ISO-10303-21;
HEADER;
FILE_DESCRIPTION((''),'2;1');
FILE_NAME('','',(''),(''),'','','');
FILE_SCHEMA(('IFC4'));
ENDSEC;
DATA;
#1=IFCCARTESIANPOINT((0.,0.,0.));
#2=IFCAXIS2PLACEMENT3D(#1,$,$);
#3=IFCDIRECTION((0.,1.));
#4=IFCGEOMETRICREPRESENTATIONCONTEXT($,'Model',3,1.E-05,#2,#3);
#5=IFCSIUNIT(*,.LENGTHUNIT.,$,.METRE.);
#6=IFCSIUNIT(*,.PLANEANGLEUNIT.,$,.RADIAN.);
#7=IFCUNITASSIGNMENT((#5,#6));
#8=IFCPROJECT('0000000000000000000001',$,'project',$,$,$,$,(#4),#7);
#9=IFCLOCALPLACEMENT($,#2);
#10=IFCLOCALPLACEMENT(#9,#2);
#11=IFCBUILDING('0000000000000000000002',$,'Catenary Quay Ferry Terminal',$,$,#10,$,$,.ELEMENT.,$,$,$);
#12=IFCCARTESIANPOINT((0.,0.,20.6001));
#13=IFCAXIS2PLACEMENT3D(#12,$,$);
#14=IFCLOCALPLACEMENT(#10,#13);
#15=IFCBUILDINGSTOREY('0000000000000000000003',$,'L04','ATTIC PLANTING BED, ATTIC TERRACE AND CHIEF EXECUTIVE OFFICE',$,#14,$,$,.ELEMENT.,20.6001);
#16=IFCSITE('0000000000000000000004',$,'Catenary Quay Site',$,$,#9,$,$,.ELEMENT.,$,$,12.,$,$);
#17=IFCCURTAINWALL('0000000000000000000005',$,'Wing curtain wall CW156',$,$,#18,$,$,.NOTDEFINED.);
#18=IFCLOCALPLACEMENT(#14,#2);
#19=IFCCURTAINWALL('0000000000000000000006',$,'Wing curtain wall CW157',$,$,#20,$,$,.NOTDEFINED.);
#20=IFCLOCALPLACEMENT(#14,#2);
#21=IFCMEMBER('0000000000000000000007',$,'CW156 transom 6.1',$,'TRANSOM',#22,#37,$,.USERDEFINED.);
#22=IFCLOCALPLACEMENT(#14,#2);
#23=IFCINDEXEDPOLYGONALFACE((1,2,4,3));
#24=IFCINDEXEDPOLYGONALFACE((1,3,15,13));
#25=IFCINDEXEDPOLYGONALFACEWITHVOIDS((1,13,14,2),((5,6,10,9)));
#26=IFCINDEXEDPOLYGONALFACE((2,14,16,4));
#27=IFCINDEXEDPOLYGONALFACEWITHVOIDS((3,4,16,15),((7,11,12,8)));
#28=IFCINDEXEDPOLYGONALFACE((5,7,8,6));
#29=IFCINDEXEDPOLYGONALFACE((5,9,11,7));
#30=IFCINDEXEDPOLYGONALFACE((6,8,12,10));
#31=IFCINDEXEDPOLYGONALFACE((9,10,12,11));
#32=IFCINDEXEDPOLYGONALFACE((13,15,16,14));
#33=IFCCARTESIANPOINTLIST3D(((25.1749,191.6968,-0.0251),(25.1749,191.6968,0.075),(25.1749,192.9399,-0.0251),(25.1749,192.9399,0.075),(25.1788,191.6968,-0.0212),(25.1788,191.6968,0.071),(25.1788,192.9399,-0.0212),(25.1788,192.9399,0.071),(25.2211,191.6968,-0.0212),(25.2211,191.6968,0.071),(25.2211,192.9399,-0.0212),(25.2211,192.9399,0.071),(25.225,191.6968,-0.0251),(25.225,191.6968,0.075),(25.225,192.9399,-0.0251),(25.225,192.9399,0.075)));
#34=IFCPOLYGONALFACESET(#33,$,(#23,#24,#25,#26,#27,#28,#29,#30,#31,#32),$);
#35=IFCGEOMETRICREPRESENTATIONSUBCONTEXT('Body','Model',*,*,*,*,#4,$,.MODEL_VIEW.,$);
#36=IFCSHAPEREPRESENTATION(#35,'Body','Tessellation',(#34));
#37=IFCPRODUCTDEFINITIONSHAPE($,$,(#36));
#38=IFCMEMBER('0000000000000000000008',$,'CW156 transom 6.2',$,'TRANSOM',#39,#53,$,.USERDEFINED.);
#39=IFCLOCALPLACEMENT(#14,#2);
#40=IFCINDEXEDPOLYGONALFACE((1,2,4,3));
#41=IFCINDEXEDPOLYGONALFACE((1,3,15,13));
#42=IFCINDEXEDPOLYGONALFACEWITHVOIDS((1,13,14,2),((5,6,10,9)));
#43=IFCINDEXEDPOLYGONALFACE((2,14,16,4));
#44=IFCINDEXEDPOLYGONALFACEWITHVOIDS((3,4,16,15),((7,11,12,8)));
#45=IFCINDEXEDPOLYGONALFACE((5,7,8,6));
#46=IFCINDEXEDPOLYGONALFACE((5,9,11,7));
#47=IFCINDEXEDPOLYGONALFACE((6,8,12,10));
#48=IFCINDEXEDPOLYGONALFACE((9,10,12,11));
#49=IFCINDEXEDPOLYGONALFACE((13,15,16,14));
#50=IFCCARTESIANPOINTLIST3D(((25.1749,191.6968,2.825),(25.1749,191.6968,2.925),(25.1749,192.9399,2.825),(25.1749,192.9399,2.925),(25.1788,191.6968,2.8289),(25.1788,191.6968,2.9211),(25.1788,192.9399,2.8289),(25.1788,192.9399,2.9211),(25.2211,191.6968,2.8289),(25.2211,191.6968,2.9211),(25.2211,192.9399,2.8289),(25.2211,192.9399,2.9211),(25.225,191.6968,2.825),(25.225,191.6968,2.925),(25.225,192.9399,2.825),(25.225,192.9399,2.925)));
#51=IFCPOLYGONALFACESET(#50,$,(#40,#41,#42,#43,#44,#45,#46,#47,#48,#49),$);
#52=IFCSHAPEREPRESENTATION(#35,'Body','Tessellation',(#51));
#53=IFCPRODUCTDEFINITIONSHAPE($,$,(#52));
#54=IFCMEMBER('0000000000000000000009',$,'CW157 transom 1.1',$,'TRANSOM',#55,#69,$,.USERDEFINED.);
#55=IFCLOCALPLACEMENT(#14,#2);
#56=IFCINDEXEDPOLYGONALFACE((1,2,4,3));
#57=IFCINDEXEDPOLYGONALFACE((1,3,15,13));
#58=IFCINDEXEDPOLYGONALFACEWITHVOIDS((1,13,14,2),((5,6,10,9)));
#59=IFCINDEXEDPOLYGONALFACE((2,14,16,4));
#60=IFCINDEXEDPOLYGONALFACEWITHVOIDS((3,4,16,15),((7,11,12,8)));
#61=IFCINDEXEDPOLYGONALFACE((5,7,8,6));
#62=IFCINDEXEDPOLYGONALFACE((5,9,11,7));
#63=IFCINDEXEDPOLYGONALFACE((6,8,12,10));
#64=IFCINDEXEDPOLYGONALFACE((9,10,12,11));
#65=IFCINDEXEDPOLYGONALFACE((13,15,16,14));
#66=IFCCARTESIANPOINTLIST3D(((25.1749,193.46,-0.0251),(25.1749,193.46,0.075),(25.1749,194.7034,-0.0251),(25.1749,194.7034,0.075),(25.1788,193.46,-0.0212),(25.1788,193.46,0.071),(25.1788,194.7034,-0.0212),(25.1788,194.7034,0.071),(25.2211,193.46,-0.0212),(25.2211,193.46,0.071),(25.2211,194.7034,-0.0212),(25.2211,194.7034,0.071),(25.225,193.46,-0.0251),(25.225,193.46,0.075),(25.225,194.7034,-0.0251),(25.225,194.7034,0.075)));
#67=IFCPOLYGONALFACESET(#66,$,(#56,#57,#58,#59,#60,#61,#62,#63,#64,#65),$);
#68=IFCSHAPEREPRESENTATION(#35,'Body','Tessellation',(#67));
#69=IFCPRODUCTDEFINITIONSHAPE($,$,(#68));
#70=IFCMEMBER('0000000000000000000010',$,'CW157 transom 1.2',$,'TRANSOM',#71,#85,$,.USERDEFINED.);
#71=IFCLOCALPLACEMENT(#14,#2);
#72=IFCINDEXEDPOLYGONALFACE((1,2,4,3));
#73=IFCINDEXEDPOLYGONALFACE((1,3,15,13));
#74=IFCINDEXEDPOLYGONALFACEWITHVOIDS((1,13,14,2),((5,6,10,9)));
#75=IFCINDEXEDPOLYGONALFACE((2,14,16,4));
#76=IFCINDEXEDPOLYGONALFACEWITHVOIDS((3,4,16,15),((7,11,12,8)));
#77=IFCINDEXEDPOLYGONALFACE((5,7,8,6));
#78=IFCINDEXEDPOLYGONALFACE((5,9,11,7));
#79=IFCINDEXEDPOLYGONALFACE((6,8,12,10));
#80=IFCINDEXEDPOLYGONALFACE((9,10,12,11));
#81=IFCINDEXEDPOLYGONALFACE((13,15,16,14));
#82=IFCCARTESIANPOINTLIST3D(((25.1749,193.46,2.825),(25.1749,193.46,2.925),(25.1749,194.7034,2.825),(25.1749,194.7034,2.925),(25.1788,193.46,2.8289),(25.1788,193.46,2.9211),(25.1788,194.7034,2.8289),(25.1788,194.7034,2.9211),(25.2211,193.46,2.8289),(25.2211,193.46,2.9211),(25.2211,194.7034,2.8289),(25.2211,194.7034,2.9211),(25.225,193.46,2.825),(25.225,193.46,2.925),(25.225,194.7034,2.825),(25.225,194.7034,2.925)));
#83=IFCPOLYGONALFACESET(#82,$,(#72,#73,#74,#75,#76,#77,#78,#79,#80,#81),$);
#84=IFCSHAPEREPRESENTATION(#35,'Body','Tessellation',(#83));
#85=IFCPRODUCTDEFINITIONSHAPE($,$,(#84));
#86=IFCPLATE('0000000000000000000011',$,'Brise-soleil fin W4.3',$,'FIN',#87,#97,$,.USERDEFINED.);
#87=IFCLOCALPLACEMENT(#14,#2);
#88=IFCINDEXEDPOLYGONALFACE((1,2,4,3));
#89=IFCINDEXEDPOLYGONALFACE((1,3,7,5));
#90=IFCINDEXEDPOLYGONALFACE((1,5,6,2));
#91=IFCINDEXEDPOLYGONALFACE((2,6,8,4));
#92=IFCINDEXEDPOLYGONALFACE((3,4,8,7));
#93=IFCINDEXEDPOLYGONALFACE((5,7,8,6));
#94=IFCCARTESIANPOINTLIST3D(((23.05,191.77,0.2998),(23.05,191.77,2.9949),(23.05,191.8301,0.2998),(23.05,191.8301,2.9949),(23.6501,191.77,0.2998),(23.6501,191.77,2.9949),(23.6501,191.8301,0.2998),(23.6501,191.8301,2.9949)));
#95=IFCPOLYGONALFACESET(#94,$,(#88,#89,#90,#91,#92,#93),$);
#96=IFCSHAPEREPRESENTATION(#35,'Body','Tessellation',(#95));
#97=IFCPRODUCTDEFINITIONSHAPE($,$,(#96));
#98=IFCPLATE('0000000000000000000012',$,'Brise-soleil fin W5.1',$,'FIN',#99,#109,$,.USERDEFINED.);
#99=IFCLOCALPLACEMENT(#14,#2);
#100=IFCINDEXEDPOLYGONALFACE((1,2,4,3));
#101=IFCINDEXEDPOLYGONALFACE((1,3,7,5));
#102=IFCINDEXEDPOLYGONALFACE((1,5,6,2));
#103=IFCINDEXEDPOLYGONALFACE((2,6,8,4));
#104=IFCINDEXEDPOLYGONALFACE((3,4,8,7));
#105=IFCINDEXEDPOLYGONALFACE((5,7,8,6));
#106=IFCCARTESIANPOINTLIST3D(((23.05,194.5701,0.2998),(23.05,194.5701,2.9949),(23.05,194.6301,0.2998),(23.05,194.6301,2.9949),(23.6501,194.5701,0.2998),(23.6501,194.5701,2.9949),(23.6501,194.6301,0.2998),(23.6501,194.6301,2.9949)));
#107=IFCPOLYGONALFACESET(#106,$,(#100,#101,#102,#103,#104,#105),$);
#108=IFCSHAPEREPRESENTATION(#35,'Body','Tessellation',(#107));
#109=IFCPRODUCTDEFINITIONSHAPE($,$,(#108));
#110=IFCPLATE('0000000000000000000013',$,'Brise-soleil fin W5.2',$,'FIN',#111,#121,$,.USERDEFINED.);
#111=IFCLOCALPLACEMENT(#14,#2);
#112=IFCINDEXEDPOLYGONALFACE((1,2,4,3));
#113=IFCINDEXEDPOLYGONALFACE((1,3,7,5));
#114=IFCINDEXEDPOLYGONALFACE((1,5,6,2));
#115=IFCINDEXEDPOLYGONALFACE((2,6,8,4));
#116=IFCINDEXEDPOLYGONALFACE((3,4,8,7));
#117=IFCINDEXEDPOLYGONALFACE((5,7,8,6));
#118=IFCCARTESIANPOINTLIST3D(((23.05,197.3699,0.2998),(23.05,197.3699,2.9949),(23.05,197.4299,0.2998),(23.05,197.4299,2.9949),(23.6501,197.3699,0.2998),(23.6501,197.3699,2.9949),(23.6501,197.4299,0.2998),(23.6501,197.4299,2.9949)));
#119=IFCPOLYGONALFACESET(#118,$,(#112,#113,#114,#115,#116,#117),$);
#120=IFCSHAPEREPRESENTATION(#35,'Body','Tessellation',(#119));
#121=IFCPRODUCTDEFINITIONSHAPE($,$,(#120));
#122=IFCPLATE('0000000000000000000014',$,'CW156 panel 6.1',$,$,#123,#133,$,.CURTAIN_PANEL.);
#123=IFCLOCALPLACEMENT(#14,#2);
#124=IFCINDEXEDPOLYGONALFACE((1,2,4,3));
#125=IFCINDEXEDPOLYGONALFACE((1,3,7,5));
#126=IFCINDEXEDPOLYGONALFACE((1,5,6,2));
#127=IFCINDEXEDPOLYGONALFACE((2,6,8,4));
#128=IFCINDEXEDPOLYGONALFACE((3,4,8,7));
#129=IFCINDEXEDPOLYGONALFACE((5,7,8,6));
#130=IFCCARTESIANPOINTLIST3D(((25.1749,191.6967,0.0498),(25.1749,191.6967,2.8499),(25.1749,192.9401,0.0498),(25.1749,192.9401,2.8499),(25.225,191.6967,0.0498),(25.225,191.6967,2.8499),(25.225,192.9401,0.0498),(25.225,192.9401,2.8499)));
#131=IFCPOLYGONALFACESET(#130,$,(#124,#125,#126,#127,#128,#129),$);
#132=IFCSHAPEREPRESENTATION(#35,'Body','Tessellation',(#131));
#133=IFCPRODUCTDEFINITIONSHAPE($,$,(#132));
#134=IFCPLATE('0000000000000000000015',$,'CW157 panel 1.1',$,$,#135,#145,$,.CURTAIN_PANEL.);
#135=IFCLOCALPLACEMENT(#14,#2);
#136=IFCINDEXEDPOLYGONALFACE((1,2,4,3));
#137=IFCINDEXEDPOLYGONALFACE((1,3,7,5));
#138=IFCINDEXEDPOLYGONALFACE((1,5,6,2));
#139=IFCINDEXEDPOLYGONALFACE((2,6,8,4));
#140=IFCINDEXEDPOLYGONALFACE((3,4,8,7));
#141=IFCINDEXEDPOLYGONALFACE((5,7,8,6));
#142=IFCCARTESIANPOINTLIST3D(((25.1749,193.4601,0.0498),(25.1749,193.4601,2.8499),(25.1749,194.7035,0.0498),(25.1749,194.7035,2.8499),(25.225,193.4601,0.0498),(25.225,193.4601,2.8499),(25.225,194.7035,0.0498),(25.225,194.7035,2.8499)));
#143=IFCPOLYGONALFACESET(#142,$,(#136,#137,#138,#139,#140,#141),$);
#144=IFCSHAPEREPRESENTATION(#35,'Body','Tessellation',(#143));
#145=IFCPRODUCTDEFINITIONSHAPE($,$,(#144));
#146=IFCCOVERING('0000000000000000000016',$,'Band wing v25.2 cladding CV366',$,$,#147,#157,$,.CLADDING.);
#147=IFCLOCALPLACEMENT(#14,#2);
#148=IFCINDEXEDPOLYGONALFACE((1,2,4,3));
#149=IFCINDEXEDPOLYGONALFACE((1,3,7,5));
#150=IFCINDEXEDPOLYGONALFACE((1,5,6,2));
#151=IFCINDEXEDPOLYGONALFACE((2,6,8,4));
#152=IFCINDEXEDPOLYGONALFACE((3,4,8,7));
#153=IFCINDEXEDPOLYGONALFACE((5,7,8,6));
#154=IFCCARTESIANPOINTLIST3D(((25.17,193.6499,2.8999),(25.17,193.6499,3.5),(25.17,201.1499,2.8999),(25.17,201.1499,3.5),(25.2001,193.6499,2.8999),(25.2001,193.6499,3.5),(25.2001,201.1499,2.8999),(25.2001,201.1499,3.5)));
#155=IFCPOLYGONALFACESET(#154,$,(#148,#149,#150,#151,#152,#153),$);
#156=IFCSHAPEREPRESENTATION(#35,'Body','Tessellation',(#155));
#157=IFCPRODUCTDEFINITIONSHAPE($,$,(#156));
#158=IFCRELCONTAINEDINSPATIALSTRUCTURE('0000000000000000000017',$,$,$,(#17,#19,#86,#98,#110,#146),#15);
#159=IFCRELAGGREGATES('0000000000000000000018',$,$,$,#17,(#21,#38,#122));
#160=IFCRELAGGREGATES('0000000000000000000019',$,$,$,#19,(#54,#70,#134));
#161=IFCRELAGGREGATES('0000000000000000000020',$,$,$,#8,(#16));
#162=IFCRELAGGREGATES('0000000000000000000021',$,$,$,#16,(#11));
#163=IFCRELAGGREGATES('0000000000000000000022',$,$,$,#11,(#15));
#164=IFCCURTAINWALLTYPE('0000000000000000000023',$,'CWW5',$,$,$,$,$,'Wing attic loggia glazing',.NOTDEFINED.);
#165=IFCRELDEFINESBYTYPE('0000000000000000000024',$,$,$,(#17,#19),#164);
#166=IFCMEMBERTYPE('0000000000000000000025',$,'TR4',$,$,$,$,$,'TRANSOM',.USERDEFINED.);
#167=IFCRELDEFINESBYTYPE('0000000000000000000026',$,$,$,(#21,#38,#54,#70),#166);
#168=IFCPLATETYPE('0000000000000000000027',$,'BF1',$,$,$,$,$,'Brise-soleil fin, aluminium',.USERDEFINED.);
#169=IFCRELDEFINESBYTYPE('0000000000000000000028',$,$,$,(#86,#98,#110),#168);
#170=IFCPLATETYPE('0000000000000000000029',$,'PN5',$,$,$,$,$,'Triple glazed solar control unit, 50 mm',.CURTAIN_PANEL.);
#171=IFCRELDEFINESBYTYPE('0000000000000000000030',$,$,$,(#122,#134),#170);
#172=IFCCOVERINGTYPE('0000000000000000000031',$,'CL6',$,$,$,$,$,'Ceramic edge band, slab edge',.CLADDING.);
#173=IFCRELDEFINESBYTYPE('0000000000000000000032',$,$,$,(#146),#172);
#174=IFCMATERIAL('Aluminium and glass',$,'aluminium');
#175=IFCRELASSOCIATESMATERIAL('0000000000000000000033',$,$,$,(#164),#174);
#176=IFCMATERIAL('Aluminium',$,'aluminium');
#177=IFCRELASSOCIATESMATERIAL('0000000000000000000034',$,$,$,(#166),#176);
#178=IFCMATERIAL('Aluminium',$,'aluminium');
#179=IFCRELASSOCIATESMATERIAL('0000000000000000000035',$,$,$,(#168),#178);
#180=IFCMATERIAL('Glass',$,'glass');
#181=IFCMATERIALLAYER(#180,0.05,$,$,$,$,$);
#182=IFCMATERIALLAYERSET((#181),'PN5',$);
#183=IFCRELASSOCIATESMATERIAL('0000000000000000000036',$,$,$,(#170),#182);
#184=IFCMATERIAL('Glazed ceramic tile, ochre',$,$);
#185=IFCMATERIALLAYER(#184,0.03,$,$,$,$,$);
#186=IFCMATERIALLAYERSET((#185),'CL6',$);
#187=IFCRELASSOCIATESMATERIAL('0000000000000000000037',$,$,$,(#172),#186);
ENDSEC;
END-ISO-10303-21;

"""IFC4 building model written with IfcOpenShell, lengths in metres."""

from ifc_helpers import new_model, si_unit, direction, frame, origin, origin_2d, place, context, subcontext, project, spatial, rectangle, hollow_rectangle, extrude, material, layer, layer_set, material_profile, profile_set, type_object, element, aggregate, save


model = new_model("IFC4")

# Units and contexts
model_context = context("Model", 3, precision=1e-05, world=origin(), true_north=direction((0.0, 1.0)))
body_context = subcontext(model_context, "Body", "Model", "MODEL_VIEW")
ifc_project = project(units=[si_unit("LENGTHUNIT", "METRE"), si_unit("PLANEANGLEUNIT", "RADIAN")], contexts=[model_context])

# Site, building, storey
site_placement = place(None, origin())
site = spatial("IfcSite", under=ifc_project, at=site_placement, Name="Catenary Quay Site", CompositionType="ELEMENT", RefElevation=12.0)
building_placement = place(site_placement, origin())
building = spatial("IfcBuilding", under=site, at=building_placement, Name="Catenary Quay Ferry Terminal", CompositionType="ELEMENT")
storey_placement = place(building_placement, frame((0.0, 0.0, 20.6001)))
storey = spatial("IfcBuildingStorey", under=building, at=storey_placement, Name="L04", Description="ATTIC PLANTING BED, ATTIC TERRACE AND CHIEF EXECUTIVE OFFICE", CompositionType="ELEMENT", Elevation=20.6001)

# Curtain wall
ifc_material_1 = material(Name="Aluminium and glass", Category="aluminium")
curtain_wall_type = type_object("IfcCurtainWallType", Name="CWW5", ElementType="Wing attic loggia glazing", PredefinedType="NOTDEFINED", material=ifc_material_1)
curtain_wall_1_placement = place(storey_placement, origin())
curtain_wall_1 = element("IfcCurtainWall", 1, at=curtain_wall_1_placement, inside=storey, type_object=curtain_wall_type, Name="Wing curtain wall CW156", PredefinedType="NOTDEFINED")

# Curtain wall
curtain_wall_2_placement = place(storey_placement, origin())
curtain_wall_2 = element("IfcCurtainWall", 2, at=curtain_wall_2_placement, inside=storey, type_object=curtain_wall_type, Name="Wing curtain wall CW157", PredefinedType="NOTDEFINED")

# Members
ifc_material_2 = material(Name="Aluminium", Category="aluminium")
ifc_material_profile_1 = material_profile(ifc_material_2, hollow_rectangle(XDim=0.05, YDim=0.1001, WallThickness=0.0039, at=origin_2d()), Name="TR4")
ifc_profile_set_1 = profile_set([ifc_material_profile_1], Name="Aluminium")
member_type_1 = type_object("IfcMemberType", Name="TR4", ElementType="TRANSOM", PredefinedType="USERDEFINED", material=ifc_profile_set_1)
member_1_placement = place(storey_placement, frame((25.2, 191.6968, 0.0249), z_axis=(0.0, 1.0, 0.0), x_axis=(-1.0, 0.0, 0.0)))
member_1 = element("IfcMember", 3, at=member_1_placement, type_object=member_type_1, Name="CW156 transom 6.1", ObjectType="TRANSOM", PredefinedType="USERDEFINED", context=body_context, shape_type="SweptSolid", body=[
    extrude(hollow_rectangle(XDim=0.05, YDim=0.1001, WallThickness=0.0039, at=origin_2d()), origin(), (0.0, 0.0, 1.0), 1.2432),
])
member_2_placement = place(storey_placement, frame((25.2, 191.6968, 2.875), z_axis=(0.0, 1.0, 0.0), x_axis=(-1.0, 0.0, 0.0)))
member_2 = element("IfcMember", 4, at=member_2_placement, type_object=member_type_1, Name="CW156 transom 6.2", ObjectType="TRANSOM", PredefinedType="USERDEFINED", context=body_context, shape_type="SweptSolid", body=[
    extrude(hollow_rectangle(XDim=0.05, YDim=0.1001, WallThickness=0.0039, at=origin_2d()), origin(), (0.0, 0.0, 1.0), 1.2432),
])
member_3_placement = place(storey_placement, frame((25.2, 193.46, 0.0249), z_axis=(0.0, 1.0, 0.0), x_axis=(-1.0, 0.0, 0.0)))
member_3 = element("IfcMember", 5, at=member_3_placement, type_object=member_type_1, Name="CW157 transom 1.1", ObjectType="TRANSOM", PredefinedType="USERDEFINED", context=body_context, shape_type="SweptSolid", body=[
    extrude(hollow_rectangle(XDim=0.05, YDim=0.1001, WallThickness=0.0039, at=origin_2d()), origin(), (0.0, 0.0, 1.0), 1.2434),
])
member_4_placement = place(storey_placement, frame((25.2, 193.46, 2.875), z_axis=(0.0, 1.0, 0.0), x_axis=(-1.0, 0.0, 0.0)))
member_4 = element("IfcMember", 6, at=member_4_placement, type_object=member_type_1, Name="CW157 transom 1.2", ObjectType="TRANSOM", PredefinedType="USERDEFINED", context=body_context, shape_type="SweptSolid", body=[
    extrude(hollow_rectangle(XDim=0.05, YDim=0.1001, WallThickness=0.0039, at=origin_2d()), origin(), (0.0, 0.0, 1.0), 1.2434),
])

# Plates
ifc_material_3 = material(Name="Aluminium", Category="aluminium")
ifc_material_profile_2 = material_profile(ifc_material_3, rectangle(XDim=0.0601, YDim=0.6001, at=origin_2d()), Name="BF1")
ifc_profile_set_2 = profile_set([ifc_material_profile_2], Name="Aluminium")
plate_type_1 = type_object("IfcPlateType", Name="BF1", ElementType="Brise-soleil fin, aluminium", PredefinedType="USERDEFINED", material=ifc_profile_set_2)
for number, where, z_axis, x_axis, name in (
    (7, (23.3501, 191.8, 0.2998), (0.0, 0.0, 1.0), (0.0, 1.0, 0.0), "Brise-soleil fin W4.3"),
    (8, (23.3501, 194.6001, 0.2998), (0.0, 0.0, 1.0), (0.0, 1.0, 0.0), "Brise-soleil fin W5.1"),
    (9, (23.3501, 197.3999, 0.2998), (0.0, 0.0, 1.0), (0.0, 1.0, 0.0), "Brise-soleil fin W5.2"),
):
    element("IfcPlate", number, at=place(storey_placement, frame(where, z_axis=z_axis, x_axis=x_axis)), inside=storey, type_object=plate_type_1, Name=name, ObjectType="FIN", PredefinedType="USERDEFINED", context=body_context, shape_type="SweptSolid", body=[
        extrude(rectangle(XDim=0.0601, YDim=0.6001, at=origin_2d()), origin(), (0.0, 0.0, 1.0), 2.6951),
    ])

# Plates
ifc_material_4 = material(Name="Glass", Category="glass")
ifc_layer_1 = layer(ifc_material_4, 0.05)
ifc_layer_set_1 = layer_set([ifc_layer_1], Name="PN5")
plate_type_2 = type_object("IfcPlateType", Name="PN5", ElementType="Triple glazed solar control unit, 50 mm", PredefinedType="CURTAIN_PANEL", material=ifc_layer_set_1)
plate_1_placement = place(storey_placement, frame((25.2, 192.3184, 0.0498), z_axis=(0.0, 0.0, 1.0), x_axis=(0.0, 1.0, 0.0)))
plate_1 = element("IfcPlate", 10, at=plate_1_placement, type_object=plate_type_2, Name="CW156 panel 6.1", PredefinedType="CURTAIN_PANEL", context=body_context, shape_type="SweptSolid", body=[
    extrude(rectangle(XDim=1.2434, YDim=0.05, at=origin_2d()), origin(), (0.0, 0.0, 1.0), 2.8),
])
aggregate(curtain_wall_1, [member_1, member_2, plate_1])
plate_2_placement = place(storey_placement, frame((25.2, 194.0818, 0.0498), z_axis=(0.0, 0.0, 1.0), x_axis=(0.0, 1.0, 0.0)))
plate_2 = element("IfcPlate", 11, at=plate_2_placement, type_object=plate_type_2, Name="CW157 panel 1.1", PredefinedType="CURTAIN_PANEL", context=body_context, shape_type="SweptSolid", body=[
    extrude(rectangle(XDim=1.2434, YDim=0.05, at=origin_2d()), origin(), (0.0, 0.0, 1.0), 2.8),
])
aggregate(curtain_wall_2, [member_3, member_4, plate_2])

# Covering
ifc_material_5 = material(Name="Glazed ceramic tile, ochre")
ifc_layer_2 = layer(ifc_material_5, 0.03)
ifc_layer_set_2 = layer_set([ifc_layer_2], Name="CL6")
covering_type = type_object("IfcCoveringType", Name="CL6", ElementType="Ceramic edge band, slab edge", PredefinedType="CLADDING", material=ifc_layer_set_2)
covering_placement = place(storey_placement, frame((25.1851, 197.3999, 2.8999), z_axis=(0.0, 0.0, 1.0), x_axis=(1.0, 0.0, 0.0)))
element("IfcCovering", 12, at=covering_placement, inside=storey, type_object=covering_type, Name="Band wing v25.2 cladding CV366", PredefinedType="CLADDING", context=body_context, shape_type="SweptSolid", body=[
    extrude(rectangle(XDim=0.03, YDim=7.5, at=origin_2d()), origin(), (0.0, 0.0, 1.0), 0.6001),
])

save(model, "model.ifc")
